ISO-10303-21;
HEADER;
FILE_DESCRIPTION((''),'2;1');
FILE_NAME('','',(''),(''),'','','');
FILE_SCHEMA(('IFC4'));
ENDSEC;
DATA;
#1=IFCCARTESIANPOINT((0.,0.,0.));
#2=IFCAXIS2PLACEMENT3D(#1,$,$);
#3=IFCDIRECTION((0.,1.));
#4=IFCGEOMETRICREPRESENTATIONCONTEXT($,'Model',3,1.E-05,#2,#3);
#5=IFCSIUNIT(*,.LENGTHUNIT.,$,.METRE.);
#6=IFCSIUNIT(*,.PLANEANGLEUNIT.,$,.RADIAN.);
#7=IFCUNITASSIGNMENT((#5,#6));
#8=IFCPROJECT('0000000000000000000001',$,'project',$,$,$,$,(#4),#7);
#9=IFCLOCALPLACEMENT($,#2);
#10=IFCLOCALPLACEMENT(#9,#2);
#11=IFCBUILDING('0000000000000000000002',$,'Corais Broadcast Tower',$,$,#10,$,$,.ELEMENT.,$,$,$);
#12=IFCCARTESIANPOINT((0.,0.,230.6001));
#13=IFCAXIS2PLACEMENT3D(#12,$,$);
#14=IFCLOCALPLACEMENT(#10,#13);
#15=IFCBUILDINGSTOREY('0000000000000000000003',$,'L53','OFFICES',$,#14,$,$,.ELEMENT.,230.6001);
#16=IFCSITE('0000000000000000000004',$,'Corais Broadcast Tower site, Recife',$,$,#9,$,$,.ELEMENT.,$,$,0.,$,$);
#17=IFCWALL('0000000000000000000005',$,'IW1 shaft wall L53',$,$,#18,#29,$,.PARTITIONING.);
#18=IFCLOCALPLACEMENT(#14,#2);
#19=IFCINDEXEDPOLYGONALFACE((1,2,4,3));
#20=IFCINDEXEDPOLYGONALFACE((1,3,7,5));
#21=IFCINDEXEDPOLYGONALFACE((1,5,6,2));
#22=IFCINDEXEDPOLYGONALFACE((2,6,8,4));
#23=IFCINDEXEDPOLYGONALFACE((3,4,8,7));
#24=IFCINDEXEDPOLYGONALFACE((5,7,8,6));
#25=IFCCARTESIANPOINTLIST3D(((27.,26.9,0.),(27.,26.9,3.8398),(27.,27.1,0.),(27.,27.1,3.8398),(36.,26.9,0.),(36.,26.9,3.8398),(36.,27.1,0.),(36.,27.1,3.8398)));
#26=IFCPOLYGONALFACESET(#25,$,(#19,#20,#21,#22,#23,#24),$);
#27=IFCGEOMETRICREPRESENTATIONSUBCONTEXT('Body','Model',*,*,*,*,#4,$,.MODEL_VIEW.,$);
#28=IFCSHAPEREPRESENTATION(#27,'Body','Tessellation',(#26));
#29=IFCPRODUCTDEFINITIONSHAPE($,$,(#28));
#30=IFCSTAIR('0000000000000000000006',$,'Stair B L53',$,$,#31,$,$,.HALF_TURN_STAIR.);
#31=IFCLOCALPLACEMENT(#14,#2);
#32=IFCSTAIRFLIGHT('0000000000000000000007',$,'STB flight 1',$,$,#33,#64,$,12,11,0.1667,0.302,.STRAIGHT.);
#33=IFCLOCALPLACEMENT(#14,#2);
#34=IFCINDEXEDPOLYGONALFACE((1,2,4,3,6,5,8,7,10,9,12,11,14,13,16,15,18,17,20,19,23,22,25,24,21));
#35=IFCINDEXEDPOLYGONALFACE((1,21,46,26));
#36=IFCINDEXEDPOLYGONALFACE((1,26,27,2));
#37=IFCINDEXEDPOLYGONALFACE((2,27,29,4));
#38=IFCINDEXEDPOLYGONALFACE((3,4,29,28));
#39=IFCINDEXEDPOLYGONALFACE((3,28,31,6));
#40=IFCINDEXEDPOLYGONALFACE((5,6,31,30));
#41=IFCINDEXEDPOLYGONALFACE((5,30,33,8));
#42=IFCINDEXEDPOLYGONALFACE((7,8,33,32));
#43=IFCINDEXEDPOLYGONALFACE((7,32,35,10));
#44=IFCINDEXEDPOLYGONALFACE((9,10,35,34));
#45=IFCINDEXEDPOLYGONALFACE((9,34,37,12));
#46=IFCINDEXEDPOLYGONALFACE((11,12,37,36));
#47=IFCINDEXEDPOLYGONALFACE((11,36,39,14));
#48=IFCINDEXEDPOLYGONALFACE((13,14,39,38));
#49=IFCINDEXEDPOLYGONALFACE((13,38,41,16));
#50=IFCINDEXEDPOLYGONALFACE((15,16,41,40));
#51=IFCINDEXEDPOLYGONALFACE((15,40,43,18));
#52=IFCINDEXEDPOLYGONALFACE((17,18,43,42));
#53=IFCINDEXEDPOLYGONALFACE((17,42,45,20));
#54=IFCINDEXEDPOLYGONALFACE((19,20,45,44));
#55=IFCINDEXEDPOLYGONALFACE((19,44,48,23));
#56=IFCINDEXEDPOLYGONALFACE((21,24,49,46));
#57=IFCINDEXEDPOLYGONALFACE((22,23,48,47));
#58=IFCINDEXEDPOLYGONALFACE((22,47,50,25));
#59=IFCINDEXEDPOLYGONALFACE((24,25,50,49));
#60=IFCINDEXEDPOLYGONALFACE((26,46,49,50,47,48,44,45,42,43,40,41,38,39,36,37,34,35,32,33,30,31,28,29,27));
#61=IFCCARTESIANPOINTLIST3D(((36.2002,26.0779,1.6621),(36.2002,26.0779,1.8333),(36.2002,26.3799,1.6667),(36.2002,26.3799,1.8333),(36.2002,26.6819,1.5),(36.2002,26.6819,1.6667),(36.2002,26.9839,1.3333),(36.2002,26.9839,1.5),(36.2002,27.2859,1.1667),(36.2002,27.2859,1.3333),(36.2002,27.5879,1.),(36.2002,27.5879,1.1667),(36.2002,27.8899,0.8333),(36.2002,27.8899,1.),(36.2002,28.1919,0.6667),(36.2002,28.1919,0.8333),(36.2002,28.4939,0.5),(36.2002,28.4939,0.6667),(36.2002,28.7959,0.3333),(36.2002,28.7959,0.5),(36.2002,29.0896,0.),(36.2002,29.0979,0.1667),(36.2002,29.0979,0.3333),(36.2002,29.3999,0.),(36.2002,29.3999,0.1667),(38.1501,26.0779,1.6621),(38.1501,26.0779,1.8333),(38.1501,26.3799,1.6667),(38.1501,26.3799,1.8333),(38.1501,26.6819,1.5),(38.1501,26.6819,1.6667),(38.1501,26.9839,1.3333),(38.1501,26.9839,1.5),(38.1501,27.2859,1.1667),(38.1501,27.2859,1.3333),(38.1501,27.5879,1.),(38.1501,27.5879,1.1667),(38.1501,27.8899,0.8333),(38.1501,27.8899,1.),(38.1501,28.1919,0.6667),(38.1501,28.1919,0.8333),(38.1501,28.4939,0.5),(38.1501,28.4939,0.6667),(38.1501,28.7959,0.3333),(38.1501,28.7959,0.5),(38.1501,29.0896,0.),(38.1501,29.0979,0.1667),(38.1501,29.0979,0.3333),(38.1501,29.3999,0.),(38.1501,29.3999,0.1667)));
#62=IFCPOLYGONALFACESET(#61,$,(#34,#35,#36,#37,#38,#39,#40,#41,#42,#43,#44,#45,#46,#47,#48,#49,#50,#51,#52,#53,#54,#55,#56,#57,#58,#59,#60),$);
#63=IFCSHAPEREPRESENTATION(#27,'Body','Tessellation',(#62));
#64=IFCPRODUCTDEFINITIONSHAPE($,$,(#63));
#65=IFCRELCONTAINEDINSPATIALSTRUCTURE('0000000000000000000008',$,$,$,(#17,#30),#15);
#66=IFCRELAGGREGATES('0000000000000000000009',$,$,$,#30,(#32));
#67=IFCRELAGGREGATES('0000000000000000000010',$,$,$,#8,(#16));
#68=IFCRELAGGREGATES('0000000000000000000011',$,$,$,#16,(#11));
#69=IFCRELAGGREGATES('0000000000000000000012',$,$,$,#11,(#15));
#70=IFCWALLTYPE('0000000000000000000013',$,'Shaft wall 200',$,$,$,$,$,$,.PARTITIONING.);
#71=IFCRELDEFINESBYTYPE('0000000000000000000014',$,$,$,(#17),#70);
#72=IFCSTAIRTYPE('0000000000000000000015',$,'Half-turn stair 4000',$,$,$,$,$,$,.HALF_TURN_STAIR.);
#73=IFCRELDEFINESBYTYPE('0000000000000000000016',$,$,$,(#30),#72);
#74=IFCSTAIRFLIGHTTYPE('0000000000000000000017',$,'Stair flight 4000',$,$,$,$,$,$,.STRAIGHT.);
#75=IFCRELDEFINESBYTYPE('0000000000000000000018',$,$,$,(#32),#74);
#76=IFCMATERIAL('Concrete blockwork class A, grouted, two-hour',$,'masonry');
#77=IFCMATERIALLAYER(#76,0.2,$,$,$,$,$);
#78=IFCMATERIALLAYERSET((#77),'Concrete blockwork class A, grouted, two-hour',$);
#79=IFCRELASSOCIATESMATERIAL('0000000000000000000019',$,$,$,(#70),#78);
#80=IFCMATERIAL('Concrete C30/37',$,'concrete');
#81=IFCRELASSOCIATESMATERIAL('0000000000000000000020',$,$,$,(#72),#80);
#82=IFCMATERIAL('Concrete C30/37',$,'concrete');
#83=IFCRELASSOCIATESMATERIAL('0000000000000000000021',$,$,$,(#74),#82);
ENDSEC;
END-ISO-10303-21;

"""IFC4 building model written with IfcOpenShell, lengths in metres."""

from ifc_helpers import new_model, si_unit, direction, frame, frame_2d, origin, place, context, subcontext, project, spatial, polyline, rectangle, outline, extrude, material, layer, layer_set, type_object, element, aggregate, save


model = new_model("IFC4")

# Units and contexts
model_context = context("Model", 3, precision=1e-05, world=origin(), true_north=direction((0.0, 1.0)))
body_context = subcontext(model_context, "Body", "Model", "MODEL_VIEW")
ifc_project = project(units=[si_unit("LENGTHUNIT", "METRE"), si_unit("PLANEANGLEUNIT", "RADIAN")], contexts=[model_context])

# Site, building, storey
site_placement = place(None, origin())
site = spatial("IfcSite", under=ifc_project, at=site_placement, Name="Corais Broadcast Tower site, Recife", CompositionType="ELEMENT", RefElevation=0.0)
building_placement = place(site_placement, origin())
building = spatial("IfcBuilding", under=site, at=building_placement, Name="Corais Broadcast Tower", CompositionType="ELEMENT")
storey_placement = place(building_placement, frame((0.0, 0.0, 230.6001)))
storey = spatial("IfcBuildingStorey", under=building, at=storey_placement, Name="L53", Description="OFFICES", CompositionType="ELEMENT", Elevation=230.6001)

# Wall
ifc_material_1 = material(Name="Concrete blockwork class A, grouted, two-hour", Category="masonry")
ifc_layer_1 = layer(ifc_material_1, 0.2)
ifc_layer_set_1 = layer_set([ifc_layer_1], Name="Concrete blockwork class A, grouted, two-hour")
wall_type_1 = type_object("IfcWallType", Name="Shaft wall 200", PredefinedType="PARTITIONING", material=ifc_layer_set_1)
wall_1_placement = place(storey_placement, frame((27.0, 27.0, 0.0), z_axis=(0.0, 0.0, 1.0), x_axis=(1.0, 0.0, 0.0)))
element("IfcWall", 1, at=wall_1_placement, inside=storey, type_object=wall_type_1, Name="IW1 shaft wall L53", PredefinedType="PARTITIONING", context=body_context, shape_type="SweptSolid", body=[
    extrude(rectangle(XDim=9.0, YDim=0.2, at=frame_2d((4.5, 0.0))), origin(), (0.0, 0.0, 1.0), 3.8398),
])

# Stair, stair flight
ifc_material_2 = material(Name="Concrete C30/37", Category="concrete")
stair_type = type_object("IfcStairType", Name="Half-turn stair 4000", PredefinedType="HALF_TURN_STAIR", material=ifc_material_2)
stair_placement = place(storey_placement, origin())
stair = element("IfcStair", 2, at=stair_placement, inside=storey, type_object=stair_type, Name="Stair B L53", PredefinedType="HALF_TURN_STAIR")
ifc_material_3 = material(Name="Concrete C30/37", Category="concrete")
stair_flight_type = type_object("IfcStairFlightType", Name="Stair flight 4000", PredefinedType="STRAIGHT", material=ifc_material_3)
stair_flight_placement = place(storey_placement, frame((37.175, 29.3999, 0.0), z_axis=(0.0, 0.0, 1.0), x_axis=(0.0, -1.0, 0.0)))
stair_flight = element("IfcStairFlight", 3, at=stair_flight_placement, type_object=stair_flight_type, Name="STB flight 1", NumberOfRisers=12, NumberOfTreads=11, PredefinedType="STRAIGHT", RiserHeight=0.1667, TreadLength=0.302, context=body_context, shape_type="SweptSolid", body=[
    extrude(outline(polyline([(0.0, 0.0), (0.0, 0.1667), (0.302, 0.1667), (0.302, 0.3333), (0.604, 0.3333), (0.604, 0.5), (0.906, 0.5), (0.906, 0.6667), (1.208, 0.6667), (1.208, 0.8333), (1.51, 0.8333), (1.51, 1.0), (1.812, 1.0), (1.812, 1.1667), (2.114, 1.1667), (2.114, 1.3333), (2.416, 1.3333), (2.416, 1.5), (2.718, 1.5), (2.718, 1.6667), (3.02, 1.6667), (3.02, 1.8333), (3.322, 1.8333), (3.322, 2.0), (3.322, 1.6621), (0.3103, 0.0), (0.0, 0.0)])), frame((0.0, 0.9751, 0.0), z_axis=(0.0, -1.0, 0.0), x_axis=(1.0, 0.0, 0.0)), (0.0, 0.0, 1.0), 1.95),
])
aggregate(stair, [stair_flight])

save(model, "model.ifc")
